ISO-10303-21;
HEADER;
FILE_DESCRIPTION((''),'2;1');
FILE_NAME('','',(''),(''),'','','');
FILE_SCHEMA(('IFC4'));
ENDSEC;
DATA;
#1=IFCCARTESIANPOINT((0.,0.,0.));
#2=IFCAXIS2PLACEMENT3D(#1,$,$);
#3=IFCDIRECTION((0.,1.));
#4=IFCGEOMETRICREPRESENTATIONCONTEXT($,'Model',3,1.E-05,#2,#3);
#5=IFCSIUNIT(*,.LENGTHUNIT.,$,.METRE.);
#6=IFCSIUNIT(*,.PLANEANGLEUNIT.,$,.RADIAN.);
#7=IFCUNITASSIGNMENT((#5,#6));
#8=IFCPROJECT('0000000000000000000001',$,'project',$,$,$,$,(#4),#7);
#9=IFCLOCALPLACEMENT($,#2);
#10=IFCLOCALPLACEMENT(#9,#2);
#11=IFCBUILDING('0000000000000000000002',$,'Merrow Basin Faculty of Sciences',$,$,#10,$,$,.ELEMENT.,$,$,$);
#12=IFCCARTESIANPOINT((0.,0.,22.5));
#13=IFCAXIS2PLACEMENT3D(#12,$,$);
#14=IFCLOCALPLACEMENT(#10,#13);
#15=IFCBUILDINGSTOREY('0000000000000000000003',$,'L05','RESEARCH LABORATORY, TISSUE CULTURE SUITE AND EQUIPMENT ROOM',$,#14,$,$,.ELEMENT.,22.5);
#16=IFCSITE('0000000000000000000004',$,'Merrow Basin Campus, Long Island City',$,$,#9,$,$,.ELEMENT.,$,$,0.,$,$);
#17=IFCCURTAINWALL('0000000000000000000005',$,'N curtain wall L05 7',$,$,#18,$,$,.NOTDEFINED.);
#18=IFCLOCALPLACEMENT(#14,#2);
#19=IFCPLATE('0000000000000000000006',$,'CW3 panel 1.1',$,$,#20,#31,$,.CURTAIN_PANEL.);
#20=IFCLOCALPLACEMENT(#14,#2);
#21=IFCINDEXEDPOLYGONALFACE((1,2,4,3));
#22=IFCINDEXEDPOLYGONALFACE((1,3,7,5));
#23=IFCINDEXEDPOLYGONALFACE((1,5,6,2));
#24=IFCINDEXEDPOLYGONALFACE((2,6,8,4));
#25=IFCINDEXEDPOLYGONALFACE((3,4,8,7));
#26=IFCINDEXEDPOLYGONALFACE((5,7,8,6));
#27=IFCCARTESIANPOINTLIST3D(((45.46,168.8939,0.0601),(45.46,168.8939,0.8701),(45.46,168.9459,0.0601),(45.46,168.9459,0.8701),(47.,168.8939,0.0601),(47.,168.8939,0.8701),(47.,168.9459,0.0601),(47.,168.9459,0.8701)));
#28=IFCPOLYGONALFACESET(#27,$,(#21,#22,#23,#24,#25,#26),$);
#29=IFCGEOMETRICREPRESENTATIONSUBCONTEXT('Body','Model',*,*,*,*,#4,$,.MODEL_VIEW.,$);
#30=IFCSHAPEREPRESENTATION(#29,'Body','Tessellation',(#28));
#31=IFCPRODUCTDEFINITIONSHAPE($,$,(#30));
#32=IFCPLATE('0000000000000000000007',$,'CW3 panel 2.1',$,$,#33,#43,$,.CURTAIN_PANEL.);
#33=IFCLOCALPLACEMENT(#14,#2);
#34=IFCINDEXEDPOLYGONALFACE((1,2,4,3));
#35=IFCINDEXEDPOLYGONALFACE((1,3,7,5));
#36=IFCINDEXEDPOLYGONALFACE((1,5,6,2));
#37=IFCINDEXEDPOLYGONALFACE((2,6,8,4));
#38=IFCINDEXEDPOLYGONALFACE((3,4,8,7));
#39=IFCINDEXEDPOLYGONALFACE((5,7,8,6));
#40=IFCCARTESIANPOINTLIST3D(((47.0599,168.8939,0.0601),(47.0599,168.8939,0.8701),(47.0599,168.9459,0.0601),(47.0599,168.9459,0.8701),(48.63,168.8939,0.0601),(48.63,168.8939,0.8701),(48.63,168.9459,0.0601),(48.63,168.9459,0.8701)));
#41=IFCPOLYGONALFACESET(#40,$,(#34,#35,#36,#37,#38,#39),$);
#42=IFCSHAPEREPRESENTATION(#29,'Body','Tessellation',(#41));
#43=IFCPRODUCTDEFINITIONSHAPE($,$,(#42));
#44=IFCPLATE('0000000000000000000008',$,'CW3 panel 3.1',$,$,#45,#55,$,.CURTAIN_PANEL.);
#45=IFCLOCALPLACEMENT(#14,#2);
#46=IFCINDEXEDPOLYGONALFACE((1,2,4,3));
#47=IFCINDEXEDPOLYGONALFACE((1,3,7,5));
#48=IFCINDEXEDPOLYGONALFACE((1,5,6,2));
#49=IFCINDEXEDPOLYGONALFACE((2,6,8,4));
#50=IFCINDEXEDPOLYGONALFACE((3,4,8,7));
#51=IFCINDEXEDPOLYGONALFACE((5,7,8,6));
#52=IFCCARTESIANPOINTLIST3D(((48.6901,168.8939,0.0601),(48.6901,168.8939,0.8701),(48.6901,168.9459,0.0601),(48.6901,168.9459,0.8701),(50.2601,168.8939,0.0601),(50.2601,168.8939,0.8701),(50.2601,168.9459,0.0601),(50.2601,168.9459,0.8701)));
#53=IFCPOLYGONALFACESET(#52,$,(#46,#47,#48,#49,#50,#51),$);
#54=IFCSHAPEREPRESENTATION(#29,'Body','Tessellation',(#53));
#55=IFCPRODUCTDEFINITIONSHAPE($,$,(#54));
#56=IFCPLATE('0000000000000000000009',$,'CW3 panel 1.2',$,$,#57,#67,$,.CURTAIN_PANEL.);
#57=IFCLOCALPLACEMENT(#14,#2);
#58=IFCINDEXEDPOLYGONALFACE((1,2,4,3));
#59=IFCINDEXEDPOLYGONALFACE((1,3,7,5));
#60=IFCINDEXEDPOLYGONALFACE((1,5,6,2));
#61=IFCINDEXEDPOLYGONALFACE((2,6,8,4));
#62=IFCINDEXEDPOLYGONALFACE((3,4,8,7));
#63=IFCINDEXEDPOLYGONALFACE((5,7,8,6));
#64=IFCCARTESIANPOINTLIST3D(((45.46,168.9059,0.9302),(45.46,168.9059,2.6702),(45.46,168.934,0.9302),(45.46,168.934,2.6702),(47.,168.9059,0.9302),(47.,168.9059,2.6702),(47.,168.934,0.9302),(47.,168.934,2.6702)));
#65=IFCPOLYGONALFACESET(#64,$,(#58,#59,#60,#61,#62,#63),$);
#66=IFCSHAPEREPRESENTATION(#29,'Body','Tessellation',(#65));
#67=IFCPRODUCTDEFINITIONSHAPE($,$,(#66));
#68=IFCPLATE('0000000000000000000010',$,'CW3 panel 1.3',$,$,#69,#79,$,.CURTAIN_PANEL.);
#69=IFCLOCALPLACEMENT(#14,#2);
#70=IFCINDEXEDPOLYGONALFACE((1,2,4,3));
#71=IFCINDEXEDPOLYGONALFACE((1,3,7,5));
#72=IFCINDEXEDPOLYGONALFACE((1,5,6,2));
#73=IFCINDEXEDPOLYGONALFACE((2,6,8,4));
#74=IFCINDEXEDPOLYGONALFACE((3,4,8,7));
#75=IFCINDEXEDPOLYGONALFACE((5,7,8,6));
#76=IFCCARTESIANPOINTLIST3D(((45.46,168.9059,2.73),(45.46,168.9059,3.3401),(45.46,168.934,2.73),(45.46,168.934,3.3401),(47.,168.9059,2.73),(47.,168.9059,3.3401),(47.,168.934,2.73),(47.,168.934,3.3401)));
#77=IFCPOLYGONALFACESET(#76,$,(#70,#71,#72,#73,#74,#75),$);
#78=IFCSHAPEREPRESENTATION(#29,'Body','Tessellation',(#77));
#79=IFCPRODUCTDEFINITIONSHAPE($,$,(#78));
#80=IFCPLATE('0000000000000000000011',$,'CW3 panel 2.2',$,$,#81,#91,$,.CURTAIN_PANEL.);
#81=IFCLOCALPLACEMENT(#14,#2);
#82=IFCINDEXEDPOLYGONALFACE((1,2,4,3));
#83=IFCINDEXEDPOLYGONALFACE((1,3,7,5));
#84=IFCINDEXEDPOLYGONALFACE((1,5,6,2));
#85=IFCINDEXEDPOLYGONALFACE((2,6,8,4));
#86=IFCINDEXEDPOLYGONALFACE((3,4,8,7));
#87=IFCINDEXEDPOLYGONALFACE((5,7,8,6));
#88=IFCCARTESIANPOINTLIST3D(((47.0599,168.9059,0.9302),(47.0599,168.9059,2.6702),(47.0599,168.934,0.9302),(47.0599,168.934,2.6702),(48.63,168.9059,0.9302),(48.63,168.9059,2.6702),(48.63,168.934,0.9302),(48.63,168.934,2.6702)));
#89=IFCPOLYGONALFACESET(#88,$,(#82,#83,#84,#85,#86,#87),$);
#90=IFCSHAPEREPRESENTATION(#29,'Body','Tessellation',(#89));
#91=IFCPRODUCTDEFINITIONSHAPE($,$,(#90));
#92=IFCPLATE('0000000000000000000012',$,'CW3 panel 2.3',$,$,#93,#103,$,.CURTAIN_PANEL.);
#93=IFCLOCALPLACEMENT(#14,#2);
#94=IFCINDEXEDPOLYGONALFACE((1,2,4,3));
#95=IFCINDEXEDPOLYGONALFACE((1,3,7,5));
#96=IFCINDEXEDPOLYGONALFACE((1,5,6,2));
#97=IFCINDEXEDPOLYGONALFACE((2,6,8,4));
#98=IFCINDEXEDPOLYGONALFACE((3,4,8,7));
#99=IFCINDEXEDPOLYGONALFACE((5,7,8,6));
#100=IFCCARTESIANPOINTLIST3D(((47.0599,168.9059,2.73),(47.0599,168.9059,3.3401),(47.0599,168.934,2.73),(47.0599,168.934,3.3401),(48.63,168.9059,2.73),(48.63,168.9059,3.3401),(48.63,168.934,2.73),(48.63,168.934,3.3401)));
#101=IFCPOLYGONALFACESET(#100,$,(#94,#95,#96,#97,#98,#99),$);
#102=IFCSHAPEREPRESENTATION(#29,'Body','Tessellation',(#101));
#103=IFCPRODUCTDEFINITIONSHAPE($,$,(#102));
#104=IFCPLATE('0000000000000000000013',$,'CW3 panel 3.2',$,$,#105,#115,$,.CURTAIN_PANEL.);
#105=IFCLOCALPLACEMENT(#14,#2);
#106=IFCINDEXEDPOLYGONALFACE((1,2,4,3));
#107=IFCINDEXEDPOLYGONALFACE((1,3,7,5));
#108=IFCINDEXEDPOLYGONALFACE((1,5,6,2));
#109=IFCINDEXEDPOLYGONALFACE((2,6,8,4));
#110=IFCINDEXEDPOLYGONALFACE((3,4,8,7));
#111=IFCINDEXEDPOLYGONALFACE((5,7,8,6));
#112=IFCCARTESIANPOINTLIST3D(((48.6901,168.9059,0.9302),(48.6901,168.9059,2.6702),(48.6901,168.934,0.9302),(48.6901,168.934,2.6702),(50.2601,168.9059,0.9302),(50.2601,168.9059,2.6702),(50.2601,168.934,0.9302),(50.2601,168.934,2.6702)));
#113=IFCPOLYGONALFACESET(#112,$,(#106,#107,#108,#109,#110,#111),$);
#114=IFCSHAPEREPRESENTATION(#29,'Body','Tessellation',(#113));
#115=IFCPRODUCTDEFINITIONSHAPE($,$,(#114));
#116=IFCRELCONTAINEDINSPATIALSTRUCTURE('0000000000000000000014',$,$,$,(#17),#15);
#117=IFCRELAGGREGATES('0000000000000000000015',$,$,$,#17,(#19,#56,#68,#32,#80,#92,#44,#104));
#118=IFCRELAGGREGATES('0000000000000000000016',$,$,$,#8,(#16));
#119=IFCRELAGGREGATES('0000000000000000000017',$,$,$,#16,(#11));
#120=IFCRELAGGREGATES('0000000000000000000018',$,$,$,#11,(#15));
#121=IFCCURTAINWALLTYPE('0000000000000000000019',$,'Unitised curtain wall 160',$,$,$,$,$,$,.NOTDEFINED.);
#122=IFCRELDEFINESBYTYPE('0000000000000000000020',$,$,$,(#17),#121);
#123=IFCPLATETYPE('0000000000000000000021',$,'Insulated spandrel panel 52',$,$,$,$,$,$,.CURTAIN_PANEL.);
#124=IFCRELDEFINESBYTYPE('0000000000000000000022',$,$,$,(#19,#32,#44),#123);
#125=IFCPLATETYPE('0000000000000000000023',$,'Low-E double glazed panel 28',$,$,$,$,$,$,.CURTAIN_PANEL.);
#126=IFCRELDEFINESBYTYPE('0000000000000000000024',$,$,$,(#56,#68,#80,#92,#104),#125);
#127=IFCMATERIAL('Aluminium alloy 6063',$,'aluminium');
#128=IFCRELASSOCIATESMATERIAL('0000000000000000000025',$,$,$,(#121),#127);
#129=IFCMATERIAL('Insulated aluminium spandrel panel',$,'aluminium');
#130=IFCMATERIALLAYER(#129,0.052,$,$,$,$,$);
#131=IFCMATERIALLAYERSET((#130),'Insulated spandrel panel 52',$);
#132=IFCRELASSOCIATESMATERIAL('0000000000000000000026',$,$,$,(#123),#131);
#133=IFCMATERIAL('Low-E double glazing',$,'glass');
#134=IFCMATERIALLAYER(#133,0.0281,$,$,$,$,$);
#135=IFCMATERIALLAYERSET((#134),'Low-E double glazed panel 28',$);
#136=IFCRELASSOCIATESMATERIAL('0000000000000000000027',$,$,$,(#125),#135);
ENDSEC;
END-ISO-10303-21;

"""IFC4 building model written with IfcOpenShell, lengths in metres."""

from ifc_helpers import new_model, si_unit, direction, frame, origin, origin_2d, place, context, subcontext, project, spatial, rectangle, extrude, material, layer, layer_set, type_object, element, aggregate, save


model = new_model("IFC4")

# Units and contexts
model_context = context("Model", 3, precision=1e-05, world=origin(), true_north=direction((0.0, 1.0)))
body_context = subcontext(model_context, "Body", "Model", "MODEL_VIEW")
ifc_project = project(units=[si_unit("LENGTHUNIT", "METRE"), si_unit("PLANEANGLEUNIT", "RADIAN")], contexts=[model_context])

# Site, building, storey
site_placement = place(None, origin())
site = spatial("IfcSite", under=ifc_project, at=site_placement, Name="Merrow Basin Campus, Long Island City", CompositionType="ELEMENT", RefElevation=0.0)
building_placement = place(site_placement, origin())
building = spatial("IfcBuilding", under=site, at=building_placement, Name="Merrow Basin Faculty of Sciences", CompositionType="ELEMENT")
storey_placement = place(building_placement, frame((0.0, 0.0, 22.5)))
storey = spatial("IfcBuildingStorey", under=building, at=storey_placement, Name="L05", Description="RESEARCH LABORATORY, TISSUE CULTURE SUITE AND EQUIPMENT ROOM", CompositionType="ELEMENT", Elevation=22.5)

# Curtain wall, plates
ifc_material_1 = material(Name="Aluminium alloy 6063", Category="aluminium")
curtain_wall_type = type_object("IfcCurtainWallType", Name="Unitised curtain wall 160", PredefinedType="NOTDEFINED", material=ifc_material_1)
curtain_wall_placement = place(storey_placement, origin())
curtain_wall = element("IfcCurtainWall", 1, at=curtain_wall_placement, inside=storey, type_object=curtain_wall_type, Name="N curtain wall L05 7", PredefinedType="NOTDEFINED")
ifc_material_2 = material(Name="Insulated aluminium spandrel panel", Category="aluminium")
ifc_layer_1 = layer(ifc_material_2, 0.052)
ifc_layer_set_1 = layer_set([ifc_layer_1], Name="Insulated spandrel panel 52")
plate_type_1 = type_object("IfcPlateType", Name="Insulated spandrel panel 52", PredefinedType="CURTAIN_PANEL", material=ifc_layer_set_1)
plate_1_placement = place(storey_placement, frame((46.23, 168.9199, 0.0601), z_axis=(0.0, 0.0, 1.0), x_axis=(1.0, 0.0, 0.0)))
plate_1 = element("IfcPlate", 2, at=plate_1_placement, type_object=plate_type_1, Name="CW3 panel 1.1", PredefinedType="CURTAIN_PANEL", context=body_context, shape_type="SweptSolid", body=[
    extrude(rectangle(XDim=1.54, YDim=0.052, at=origin_2d()), origin(), (0.0, 0.0, 1.0), 0.8101),
])
plate_2_placement = place(storey_placement, frame((47.845, 168.9199, 0.0601), z_axis=(0.0, 0.0, 1.0), x_axis=(1.0, 0.0, 0.0)))
plate_2 = element("IfcPlate", 3, at=plate_2_placement, type_object=plate_type_1, Name="CW3 panel 2.1", PredefinedType="CURTAIN_PANEL", context=body_context, shape_type="SweptSolid", body=[
    extrude(rectangle(XDim=1.5701, YDim=0.052, at=origin_2d()), origin(), (0.0, 0.0, 1.0), 0.8101),
])
plate_3_placement = place(storey_placement, frame((49.4751, 168.9199, 0.0601), z_axis=(0.0, 0.0, 1.0), x_axis=(1.0, 0.0, 0.0)))
plate_3 = element("IfcPlate", 4, at=plate_3_placement, type_object=plate_type_1, Name="CW3 panel 3.1", PredefinedType="CURTAIN_PANEL", context=body_context, shape_type="SweptSolid", body=[
    extrude(rectangle(XDim=1.5701, YDim=0.052, at=origin_2d()), origin(), (0.0, 0.0, 1.0), 0.8101),
])
ifc_material_3 = material(Name="Low-E double glazing", Category="glass")
ifc_layer_2 = layer(ifc_material_3, 0.0281)
ifc_layer_set_2 = layer_set([ifc_layer_2], Name="Low-E double glazed panel 28")
plate_type_2 = type_object("IfcPlateType", Name="Low-E double glazed panel 28", PredefinedType="CURTAIN_PANEL", material=ifc_layer_set_2)
plate_4_placement = place(storey_placement, frame((46.23, 168.9199, 0.9302), z_axis=(0.0, 0.0, 1.0), x_axis=(1.0, 0.0, 0.0)))
plate_4 = element("IfcPlate", 5, at=plate_4_placement, type_object=plate_type_2, Name="CW3 panel 1.2", PredefinedType="CURTAIN_PANEL", context=body_context, shape_type="SweptSolid", body=[
    extrude(rectangle(XDim=1.54, YDim=0.0281, at=origin_2d()), origin(), (0.0, 0.0, 1.0), 1.74),
])
plate_5_placement = place(storey_placement, frame((46.23, 168.9199, 2.73), z_axis=(0.0, 0.0, 1.0), x_axis=(1.0, 0.0, 0.0)))
plate_5 = element("IfcPlate", 6, at=plate_5_placement, type_object=plate_type_2, Name="CW3 panel 1.3", PredefinedType="CURTAIN_PANEL", context=body_context, shape_type="SweptSolid", body=[
    extrude(rectangle(XDim=1.54, YDim=0.0281, at=origin_2d()), origin(), (0.0, 0.0, 1.0), 0.6101),
])
plate_6_placement = place(storey_placement, frame((47.845, 168.9199, 0.9302), z_axis=(0.0, 0.0, 1.0), x_axis=(1.0, 0.0, 0.0)))
plate_6 = element("IfcPlate", 7, at=plate_6_placement, type_object=plate_type_2, Name="CW3 panel 2.2", PredefinedType="CURTAIN_PANEL", context=body_context, shape_type="SweptSolid", body=[
    extrude(rectangle(XDim=1.5701, YDim=0.0281, at=origin_2d()), origin(), (0.0, 0.0, 1.0), 1.74),
])
plate_7_placement = place(storey_placement, frame((47.845, 168.9199, 2.73), z_axis=(0.0, 0.0, 1.0), x_axis=(1.0, 0.0, 0.0)))
plate_7 = element("IfcPlate", 8, at=plate_7_placement, type_object=plate_type_2, Name="CW3 panel 2.3", PredefinedType="CURTAIN_PANEL", context=body_context, shape_type="SweptSolid", body=[
    extrude(rectangle(XDim=1.5701, YDim=0.0281, at=origin_2d()), origin(), (0.0, 0.0, 1.0), 0.6101),
])
plate_8_placement = place(storey_placement, frame((49.4751, 168.9199, 0.9302), z_axis=(0.0, 0.0, 1.0), x_axis=(1.0, 0.0, 0.0)))
plate_8 = element("IfcPlate", 9, at=plate_8_placement, type_object=plate_type_2, Name="CW3 panel 3.2", PredefinedType="CURTAIN_PANEL", context=body_context, shape_type="SweptSolid", body=[
    extrude(rectangle(XDim=1.5701, YDim=0.0281, at=origin_2d()), origin(), (0.0, 0.0, 1.0), 1.74),
])
aggregate(curtain_wall, [plate_1, plate_4, plate_5, plate_2, plate_6, plate_7, plate_3, plate_8])

save(model, "model.ifc")
